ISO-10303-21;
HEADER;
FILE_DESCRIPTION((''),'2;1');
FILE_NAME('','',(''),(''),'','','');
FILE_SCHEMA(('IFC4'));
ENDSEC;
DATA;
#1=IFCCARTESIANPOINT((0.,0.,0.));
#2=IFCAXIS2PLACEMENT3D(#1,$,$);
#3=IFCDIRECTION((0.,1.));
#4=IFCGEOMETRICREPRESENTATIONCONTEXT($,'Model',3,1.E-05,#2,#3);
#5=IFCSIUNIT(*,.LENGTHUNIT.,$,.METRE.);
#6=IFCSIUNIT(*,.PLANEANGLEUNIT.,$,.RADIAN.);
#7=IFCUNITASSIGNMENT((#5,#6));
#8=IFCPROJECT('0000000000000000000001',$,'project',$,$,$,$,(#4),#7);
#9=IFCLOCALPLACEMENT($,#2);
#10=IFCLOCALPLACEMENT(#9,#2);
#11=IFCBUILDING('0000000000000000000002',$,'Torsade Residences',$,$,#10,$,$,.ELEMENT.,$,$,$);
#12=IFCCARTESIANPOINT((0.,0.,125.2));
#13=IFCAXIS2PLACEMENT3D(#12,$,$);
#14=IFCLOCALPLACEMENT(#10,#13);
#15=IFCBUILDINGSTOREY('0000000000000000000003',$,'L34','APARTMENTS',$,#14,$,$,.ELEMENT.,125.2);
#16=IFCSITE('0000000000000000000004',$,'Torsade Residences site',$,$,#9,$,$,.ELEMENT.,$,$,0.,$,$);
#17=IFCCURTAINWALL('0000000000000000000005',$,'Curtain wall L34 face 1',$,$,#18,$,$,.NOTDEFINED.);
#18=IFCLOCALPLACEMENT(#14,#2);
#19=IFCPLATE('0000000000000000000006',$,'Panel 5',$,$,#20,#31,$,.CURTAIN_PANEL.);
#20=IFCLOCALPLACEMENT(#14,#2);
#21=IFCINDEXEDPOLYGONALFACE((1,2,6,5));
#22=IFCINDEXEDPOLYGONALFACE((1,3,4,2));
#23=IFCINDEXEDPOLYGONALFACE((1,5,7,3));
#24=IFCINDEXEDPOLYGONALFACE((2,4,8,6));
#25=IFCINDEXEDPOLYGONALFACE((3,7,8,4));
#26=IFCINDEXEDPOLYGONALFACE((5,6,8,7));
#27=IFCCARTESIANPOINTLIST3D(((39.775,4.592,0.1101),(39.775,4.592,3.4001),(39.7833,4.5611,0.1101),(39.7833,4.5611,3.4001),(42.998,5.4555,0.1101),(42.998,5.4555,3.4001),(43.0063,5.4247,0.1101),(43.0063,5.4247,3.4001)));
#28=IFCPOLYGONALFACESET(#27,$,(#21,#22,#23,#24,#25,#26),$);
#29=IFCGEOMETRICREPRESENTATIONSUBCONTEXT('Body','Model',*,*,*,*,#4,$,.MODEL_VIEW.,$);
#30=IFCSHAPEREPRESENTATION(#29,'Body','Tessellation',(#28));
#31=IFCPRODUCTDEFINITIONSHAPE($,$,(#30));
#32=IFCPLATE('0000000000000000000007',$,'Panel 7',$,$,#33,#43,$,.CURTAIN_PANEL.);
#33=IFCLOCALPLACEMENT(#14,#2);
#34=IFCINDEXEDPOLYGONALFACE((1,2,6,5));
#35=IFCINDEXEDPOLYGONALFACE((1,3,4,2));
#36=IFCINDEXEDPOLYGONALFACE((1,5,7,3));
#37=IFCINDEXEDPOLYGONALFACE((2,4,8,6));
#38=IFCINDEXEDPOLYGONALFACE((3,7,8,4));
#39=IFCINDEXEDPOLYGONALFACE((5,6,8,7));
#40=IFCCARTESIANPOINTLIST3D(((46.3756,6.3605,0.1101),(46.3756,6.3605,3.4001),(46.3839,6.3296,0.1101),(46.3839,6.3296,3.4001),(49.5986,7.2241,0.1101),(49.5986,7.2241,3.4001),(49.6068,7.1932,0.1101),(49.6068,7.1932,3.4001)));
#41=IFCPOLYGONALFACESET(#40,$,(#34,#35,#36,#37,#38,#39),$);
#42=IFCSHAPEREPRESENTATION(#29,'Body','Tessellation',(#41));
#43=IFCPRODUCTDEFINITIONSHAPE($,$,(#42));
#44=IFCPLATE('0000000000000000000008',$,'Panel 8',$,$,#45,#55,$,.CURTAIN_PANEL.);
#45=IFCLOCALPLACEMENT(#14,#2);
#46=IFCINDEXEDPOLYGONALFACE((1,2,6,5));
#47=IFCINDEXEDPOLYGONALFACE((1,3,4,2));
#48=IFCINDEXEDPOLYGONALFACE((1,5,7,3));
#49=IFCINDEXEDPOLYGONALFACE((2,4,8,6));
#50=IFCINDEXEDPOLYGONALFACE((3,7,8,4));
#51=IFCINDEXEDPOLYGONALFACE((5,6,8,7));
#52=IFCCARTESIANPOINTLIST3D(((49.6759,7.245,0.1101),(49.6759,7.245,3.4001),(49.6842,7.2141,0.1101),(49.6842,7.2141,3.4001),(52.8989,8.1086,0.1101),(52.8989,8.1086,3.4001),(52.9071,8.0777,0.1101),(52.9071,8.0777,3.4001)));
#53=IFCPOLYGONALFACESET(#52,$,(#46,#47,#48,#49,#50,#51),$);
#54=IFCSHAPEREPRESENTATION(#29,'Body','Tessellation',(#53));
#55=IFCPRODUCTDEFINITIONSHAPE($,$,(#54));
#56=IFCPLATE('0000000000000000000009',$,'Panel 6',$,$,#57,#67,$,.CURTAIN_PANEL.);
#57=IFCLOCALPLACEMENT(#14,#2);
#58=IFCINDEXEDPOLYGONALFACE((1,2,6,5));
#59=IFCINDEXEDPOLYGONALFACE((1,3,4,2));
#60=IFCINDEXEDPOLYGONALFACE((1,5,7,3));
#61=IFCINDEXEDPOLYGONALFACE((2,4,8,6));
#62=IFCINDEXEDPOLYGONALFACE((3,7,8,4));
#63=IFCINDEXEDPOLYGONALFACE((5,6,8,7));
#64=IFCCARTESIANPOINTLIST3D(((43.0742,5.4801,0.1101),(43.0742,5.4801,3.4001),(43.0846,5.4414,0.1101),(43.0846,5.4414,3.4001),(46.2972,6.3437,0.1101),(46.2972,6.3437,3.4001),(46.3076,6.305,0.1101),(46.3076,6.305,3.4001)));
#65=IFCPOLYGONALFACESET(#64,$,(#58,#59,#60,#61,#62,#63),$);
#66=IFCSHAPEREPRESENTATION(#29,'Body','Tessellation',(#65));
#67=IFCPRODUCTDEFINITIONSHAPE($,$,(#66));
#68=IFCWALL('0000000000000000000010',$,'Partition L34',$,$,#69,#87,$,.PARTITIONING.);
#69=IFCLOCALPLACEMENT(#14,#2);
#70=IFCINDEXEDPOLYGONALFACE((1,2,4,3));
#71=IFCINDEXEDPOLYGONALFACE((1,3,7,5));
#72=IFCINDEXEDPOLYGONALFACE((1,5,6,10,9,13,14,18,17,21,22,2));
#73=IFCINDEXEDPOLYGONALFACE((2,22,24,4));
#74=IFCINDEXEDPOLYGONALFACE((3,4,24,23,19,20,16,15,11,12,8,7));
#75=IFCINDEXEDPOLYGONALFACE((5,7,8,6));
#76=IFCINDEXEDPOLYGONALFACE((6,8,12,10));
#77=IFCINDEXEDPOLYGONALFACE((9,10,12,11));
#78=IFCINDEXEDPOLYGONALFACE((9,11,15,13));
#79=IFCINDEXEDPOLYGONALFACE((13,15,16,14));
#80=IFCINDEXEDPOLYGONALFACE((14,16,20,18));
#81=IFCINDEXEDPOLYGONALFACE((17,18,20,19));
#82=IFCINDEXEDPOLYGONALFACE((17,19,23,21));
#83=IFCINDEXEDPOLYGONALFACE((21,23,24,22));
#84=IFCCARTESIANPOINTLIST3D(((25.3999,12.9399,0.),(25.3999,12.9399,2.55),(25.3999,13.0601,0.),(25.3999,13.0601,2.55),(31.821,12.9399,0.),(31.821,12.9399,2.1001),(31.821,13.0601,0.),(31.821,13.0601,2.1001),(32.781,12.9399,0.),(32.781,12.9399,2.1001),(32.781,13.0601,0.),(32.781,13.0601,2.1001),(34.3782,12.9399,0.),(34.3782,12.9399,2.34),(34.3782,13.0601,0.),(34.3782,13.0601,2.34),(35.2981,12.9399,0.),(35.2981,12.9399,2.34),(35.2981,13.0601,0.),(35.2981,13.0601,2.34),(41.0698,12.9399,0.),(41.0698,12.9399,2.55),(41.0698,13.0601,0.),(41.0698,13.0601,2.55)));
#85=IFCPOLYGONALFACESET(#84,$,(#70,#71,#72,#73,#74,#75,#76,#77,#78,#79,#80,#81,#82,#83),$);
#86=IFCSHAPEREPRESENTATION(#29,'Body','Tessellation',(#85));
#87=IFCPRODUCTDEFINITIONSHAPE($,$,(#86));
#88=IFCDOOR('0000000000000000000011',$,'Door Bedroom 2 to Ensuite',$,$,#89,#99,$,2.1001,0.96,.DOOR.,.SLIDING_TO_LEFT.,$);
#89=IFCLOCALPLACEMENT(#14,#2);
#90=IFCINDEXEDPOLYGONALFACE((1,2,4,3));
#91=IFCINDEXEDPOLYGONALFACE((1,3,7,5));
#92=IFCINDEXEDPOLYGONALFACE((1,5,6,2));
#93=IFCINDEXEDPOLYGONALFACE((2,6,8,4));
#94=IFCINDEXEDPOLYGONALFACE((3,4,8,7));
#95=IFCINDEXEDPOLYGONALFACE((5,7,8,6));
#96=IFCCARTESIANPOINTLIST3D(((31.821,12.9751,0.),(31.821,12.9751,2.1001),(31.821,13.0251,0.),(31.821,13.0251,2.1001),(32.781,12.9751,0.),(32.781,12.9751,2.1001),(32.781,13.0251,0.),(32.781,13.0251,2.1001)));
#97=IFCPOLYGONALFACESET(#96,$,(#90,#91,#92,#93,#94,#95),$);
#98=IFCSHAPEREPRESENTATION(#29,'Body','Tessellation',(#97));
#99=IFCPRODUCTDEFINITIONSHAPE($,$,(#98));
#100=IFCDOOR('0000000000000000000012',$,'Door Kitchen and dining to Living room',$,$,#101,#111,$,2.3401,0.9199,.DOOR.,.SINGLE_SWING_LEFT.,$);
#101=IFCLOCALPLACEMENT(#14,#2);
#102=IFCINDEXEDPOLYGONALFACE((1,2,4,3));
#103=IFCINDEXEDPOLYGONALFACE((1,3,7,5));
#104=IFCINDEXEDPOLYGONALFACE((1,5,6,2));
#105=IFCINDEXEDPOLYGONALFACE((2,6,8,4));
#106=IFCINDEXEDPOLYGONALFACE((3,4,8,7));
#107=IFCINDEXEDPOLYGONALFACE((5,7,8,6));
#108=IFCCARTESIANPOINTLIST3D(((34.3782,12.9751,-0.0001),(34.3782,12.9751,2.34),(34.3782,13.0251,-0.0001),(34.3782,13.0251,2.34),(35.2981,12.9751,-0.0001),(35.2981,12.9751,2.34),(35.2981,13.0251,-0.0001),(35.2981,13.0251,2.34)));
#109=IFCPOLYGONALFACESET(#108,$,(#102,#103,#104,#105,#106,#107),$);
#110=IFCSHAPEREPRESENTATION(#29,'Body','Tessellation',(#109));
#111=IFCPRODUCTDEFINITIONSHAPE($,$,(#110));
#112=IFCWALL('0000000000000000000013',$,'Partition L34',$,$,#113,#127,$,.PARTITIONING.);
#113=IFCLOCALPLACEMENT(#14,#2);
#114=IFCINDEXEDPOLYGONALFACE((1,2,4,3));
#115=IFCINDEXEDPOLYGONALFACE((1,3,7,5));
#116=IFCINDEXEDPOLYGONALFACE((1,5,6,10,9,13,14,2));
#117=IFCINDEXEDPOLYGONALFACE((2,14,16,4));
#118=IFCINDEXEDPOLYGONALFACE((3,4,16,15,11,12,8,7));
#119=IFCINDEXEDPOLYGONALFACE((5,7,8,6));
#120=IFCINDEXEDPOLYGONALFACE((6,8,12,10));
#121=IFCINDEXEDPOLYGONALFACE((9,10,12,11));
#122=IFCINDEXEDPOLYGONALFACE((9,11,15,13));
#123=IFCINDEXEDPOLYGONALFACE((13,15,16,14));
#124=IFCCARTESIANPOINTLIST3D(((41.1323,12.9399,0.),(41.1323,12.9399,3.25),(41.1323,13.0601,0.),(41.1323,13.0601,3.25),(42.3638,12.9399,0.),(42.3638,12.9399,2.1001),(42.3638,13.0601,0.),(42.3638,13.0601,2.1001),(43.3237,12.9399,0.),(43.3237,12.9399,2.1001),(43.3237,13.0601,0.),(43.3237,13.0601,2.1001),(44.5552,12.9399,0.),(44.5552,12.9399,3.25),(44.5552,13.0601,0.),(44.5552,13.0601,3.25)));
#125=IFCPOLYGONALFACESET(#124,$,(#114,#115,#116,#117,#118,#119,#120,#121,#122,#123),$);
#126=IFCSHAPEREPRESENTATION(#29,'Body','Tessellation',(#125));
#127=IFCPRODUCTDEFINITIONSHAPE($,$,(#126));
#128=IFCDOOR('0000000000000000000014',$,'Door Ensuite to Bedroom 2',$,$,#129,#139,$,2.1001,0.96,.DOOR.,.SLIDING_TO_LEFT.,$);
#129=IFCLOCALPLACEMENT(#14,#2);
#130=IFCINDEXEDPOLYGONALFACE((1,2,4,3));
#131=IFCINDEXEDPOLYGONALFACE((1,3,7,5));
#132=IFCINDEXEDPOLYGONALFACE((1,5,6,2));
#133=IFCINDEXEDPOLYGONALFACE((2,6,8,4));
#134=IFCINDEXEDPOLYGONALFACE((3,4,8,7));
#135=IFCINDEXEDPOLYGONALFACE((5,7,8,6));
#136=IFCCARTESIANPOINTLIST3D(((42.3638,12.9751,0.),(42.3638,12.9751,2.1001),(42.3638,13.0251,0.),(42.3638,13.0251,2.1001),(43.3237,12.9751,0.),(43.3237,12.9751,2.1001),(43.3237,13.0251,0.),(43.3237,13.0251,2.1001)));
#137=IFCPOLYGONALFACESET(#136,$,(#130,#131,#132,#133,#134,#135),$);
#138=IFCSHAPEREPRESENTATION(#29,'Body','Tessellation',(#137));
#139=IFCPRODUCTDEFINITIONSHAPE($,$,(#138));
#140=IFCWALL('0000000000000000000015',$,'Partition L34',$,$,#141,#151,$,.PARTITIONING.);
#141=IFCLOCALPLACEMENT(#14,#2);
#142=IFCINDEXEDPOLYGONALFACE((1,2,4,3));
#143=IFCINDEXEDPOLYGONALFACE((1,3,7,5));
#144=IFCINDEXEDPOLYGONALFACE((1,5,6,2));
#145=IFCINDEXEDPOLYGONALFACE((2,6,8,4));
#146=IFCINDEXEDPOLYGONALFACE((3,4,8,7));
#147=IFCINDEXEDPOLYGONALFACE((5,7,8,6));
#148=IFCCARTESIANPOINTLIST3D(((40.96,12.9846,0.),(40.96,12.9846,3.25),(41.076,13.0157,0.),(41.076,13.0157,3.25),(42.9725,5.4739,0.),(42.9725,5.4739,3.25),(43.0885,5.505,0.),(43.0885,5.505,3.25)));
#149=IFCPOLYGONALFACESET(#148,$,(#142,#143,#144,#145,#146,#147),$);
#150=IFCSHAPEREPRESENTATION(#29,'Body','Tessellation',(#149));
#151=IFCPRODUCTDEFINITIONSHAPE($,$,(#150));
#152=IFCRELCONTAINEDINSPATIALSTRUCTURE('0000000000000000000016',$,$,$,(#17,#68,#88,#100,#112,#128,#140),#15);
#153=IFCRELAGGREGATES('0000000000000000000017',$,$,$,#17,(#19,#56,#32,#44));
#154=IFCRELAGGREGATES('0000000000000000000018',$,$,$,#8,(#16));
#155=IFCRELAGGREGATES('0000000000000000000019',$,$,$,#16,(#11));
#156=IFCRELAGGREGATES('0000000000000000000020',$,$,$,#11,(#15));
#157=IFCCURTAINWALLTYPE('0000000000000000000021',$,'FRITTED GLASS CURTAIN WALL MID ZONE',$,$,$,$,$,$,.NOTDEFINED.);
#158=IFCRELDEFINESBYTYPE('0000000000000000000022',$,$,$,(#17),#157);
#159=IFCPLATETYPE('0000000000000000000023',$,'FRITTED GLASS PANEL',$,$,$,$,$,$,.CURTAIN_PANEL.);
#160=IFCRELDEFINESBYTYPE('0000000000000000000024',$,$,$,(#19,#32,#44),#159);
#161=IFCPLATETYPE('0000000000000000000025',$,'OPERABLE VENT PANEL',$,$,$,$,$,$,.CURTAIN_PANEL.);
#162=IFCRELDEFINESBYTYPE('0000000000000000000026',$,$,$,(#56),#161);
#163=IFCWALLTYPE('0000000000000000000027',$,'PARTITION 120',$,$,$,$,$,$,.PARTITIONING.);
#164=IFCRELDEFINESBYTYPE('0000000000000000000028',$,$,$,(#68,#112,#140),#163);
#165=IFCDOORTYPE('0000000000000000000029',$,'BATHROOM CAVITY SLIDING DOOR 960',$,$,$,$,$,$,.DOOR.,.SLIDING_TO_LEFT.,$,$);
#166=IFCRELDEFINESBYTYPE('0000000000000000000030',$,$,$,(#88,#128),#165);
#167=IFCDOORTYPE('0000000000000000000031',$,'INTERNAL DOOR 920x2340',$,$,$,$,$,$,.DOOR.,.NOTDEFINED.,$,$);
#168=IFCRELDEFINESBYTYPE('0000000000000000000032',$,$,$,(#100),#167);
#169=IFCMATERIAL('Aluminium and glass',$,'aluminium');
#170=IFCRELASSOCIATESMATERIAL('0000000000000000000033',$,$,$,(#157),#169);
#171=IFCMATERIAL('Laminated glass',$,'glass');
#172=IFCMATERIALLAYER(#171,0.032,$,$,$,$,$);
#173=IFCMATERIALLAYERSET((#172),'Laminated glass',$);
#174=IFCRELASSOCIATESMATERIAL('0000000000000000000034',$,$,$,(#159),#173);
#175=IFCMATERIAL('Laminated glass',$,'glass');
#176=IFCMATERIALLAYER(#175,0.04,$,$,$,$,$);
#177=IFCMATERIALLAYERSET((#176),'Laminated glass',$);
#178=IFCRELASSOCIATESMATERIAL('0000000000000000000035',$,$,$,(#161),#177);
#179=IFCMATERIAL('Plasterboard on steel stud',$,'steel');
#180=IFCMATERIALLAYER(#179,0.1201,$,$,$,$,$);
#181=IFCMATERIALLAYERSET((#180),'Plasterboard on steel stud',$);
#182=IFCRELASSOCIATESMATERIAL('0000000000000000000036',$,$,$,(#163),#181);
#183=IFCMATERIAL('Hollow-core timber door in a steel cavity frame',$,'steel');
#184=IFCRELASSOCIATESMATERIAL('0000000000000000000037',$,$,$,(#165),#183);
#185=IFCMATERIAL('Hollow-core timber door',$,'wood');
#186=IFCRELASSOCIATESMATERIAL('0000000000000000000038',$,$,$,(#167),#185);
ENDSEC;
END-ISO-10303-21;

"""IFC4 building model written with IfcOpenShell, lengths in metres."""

from ifc_helpers import new_model, si_unit, direction, frame, frame_2d, origin, origin_2d, place, context, subcontext, project, spatial, rectangle, extrude, material, layer, layer_set, type_object, element, fill, aggregate, save


model = new_model("IFC4")

# Units and contexts
model_context = context("Model", 3, precision=1e-05, world=origin(), true_north=direction((0.0, 1.0)))
body_context = subcontext(model_context, "Body", "Model", "MODEL_VIEW")
ifc_project = project(units=[si_unit("LENGTHUNIT", "METRE"), si_unit("PLANEANGLEUNIT", "RADIAN")], contexts=[model_context])

# Site, building, storey
site_placement = place(None, origin())
site = spatial("IfcSite", under=ifc_project, at=site_placement, Name="Torsade Residences site", CompositionType="ELEMENT", RefElevation=0.0)
building_placement = place(site_placement, origin())
building = spatial("IfcBuilding", under=site, at=building_placement, Name="Torsade Residences", CompositionType="ELEMENT")
storey_placement = place(building_placement, frame((0.0, 0.0, 125.2)))
storey = spatial("IfcBuildingStorey", under=building, at=storey_placement, Name="L34", Description="APARTMENTS", CompositionType="ELEMENT", Elevation=125.2)

# Curtain wall
ifc_material_1 = material(Name="Aluminium and glass", Category="aluminium")
curtain_wall_type = type_object("IfcCurtainWallType", Name="FRITTED GLASS CURTAIN WALL MID ZONE", PredefinedType="NOTDEFINED", material=ifc_material_1)
curtain_wall_placement = place(storey_placement, origin())
curtain_wall = element("IfcCurtainWall", 1, at=curtain_wall_placement, inside=storey, type_object=curtain_wall_type, Name="Curtain wall L34 face 1", PredefinedType="NOTDEFINED")

# Plates
ifc_material_2 = material(Name="Laminated glass", Category="glass")
ifc_layer_1 = layer(ifc_material_2, 0.032)
ifc_layer_set_1 = layer_set([ifc_layer_1], Name="Laminated glass")
plate_type_1 = type_object("IfcPlateType", Name="FRITTED GLASS PANEL", PredefinedType="CURTAIN_PANEL", material=ifc_layer_set_1)
plate_1_placement = place(storey_placement, frame((41.3906, 5.0083, 0.1101), z_axis=(0.0, 0.0, 1.0), x_axis=(0.965926, 0.258819, 0.0)))
plate_1 = element("IfcPlate", 2, at=plate_1_placement, type_object=plate_type_1, Name="Panel 5", PredefinedType="CURTAIN_PANEL", context=body_context, shape_type="SweptSolid", body=[
    extrude(rectangle(XDim=3.3367, YDim=0.032, at=origin_2d()), origin(), (0.0, 0.0, 1.0), 3.29),
])
plate_2_placement = place(storey_placement, frame((47.9912, 6.7769, 0.1101), z_axis=(0.0, 0.0, 1.0), x_axis=(0.965926, 0.258819, 0.0)))
plate_2 = element("IfcPlate", 3, at=plate_2_placement, type_object=plate_type_1, Name="Panel 7", PredefinedType="CURTAIN_PANEL", context=body_context, shape_type="SweptSolid", body=[
    extrude(rectangle(XDim=3.3367, YDim=0.032, at=origin_2d()), origin(), (0.0, 0.0, 1.0), 3.29),
])
plate_3_placement = place(storey_placement, frame((51.2915, 7.6614, 0.1101), z_axis=(0.0, 0.0, 1.0), x_axis=(0.965926, 0.258819, 0.0)))
plate_3 = element("IfcPlate", 4, at=plate_3_placement, type_object=plate_type_1, Name="Panel 8", PredefinedType="CURTAIN_PANEL", context=body_context, shape_type="SweptSolid", body=[
    extrude(rectangle(XDim=3.3367, YDim=0.032, at=origin_2d()), origin(), (0.0, 0.0, 1.0), 3.29),
])
ifc_material_3 = material(Name="Laminated glass", Category="glass")
ifc_layer_2 = layer(ifc_material_3, 0.04)
ifc_layer_set_2 = layer_set([ifc_layer_2], Name="Laminated glass")
plate_type_2 = type_object("IfcPlateType", Name="OPERABLE VENT PANEL", PredefinedType="CURTAIN_PANEL", material=ifc_layer_set_2)
plate_4_placement = place(storey_placement, frame((44.6909, 5.8926, 0.1101), z_axis=(0.0, 0.0, 1.0), x_axis=(0.965926, 0.258819, 0.0)))
plate_4 = element("IfcPlate", 5, at=plate_4_placement, type_object=plate_type_2, Name="Panel 6", PredefinedType="CURTAIN_PANEL", context=body_context, shape_type="SweptSolid", body=[
    extrude(rectangle(XDim=3.3367, YDim=0.04, at=origin_2d()), origin(), (0.0, 0.0, 1.0), 3.29),
])
aggregate(curtain_wall, [plate_1, plate_4, plate_2, plate_3])

# Wall, openings, doors
ifc_material_4 = material(Name="Plasterboard on steel stud", Category="steel")
ifc_layer_3 = layer(ifc_material_4, 0.1201)
ifc_layer_set_3 = layer_set([ifc_layer_3], Name="Plasterboard on steel stud")
wall_type_1 = type_object("IfcWallType", Name="PARTITION 120", PredefinedType="PARTITIONING", material=ifc_layer_set_3)
wall_1_placement = place(storey_placement, frame((41.0698, 13.0, 0.0), z_axis=(0.0, 0.0, 1.0), x_axis=(-1.0, 0.0, 0.0)))
wall_1 = element("IfcWall", 6, at=wall_1_placement, inside=storey, type_object=wall_type_1, Name="Partition L34", PredefinedType="PARTITIONING", context=body_context, shape_type="SweptSolid", body=[
    extrude(rectangle(XDim=15.6699, YDim=0.1201, at=frame_2d((7.835, 0.0))), origin(), (0.0, 0.0, 1.0), 2.55),
])
opening_1_placement = place(wall_1_placement, frame((5.7717, 0.0, 0.0)))
opening_1 = element("IfcOpeningElement", 7, at=opening_1_placement, cuts=wall_1, PredefinedType="OPENING", context=body_context, shape_type="SweptSolid", body=[
    extrude(rectangle(XDim=0.9199, YDim=2.3401, at=frame_2d((0.46, 1.1699))), frame((0.0, 0.0701, 0.0), z_axis=(0.0, -1.0, 0.0), x_axis=(1.0, 0.0, 0.0)), (0.0, 0.0, 1.0), 0.1401),
])
opening_2_placement = place(wall_1_placement, frame((8.2888, 0.0, 0.0)))
opening_2 = element("IfcOpeningElement", 8, at=opening_2_placement, cuts=wall_1, PredefinedType="OPENING", context=body_context, shape_type="SweptSolid", body=[
    extrude(rectangle(XDim=0.96, YDim=2.1001, at=frame_2d((0.48, 1.05))), frame((0.0, 0.0701, 0.0), z_axis=(0.0, -1.0, 0.0), x_axis=(1.0, 0.0, 0.0)), (0.0, 0.0, 1.0), 0.1401),
])
ifc_material_5 = material(Name="Hollow-core timber door in a steel cavity frame", Category="steel")
door_type_1 = type_object("IfcDoorType", Name="BATHROOM CAVITY SLIDING DOOR 960", OperationType="SLIDING_TO_LEFT", PredefinedType="DOOR", material=ifc_material_5)
door_1_placement = place(opening_2_placement, origin())
door_1 = element("IfcDoor", 9, at=door_1_placement, inside=storey, type_object=door_type_1, Name="Door Bedroom 2 to Ensuite", OperationType="SLIDING_TO_LEFT", OverallHeight=2.1001, OverallWidth=0.96, PredefinedType="DOOR", context=body_context, shape_type="SweptSolid", body=[
    extrude(rectangle(XDim=0.96, YDim=2.1001, at=frame_2d((0.48, 1.05))), frame((0.0, 0.0249, 0.0), z_axis=(0.0, -1.0, 0.0), x_axis=(1.0, 0.0, 0.0)), (0.0, 0.0, 1.0), 0.05),
])
fill(opening_2, door_1)
ifc_material_6 = material(Name="Hollow-core timber door", Category="wood")
door_type_2 = type_object("IfcDoorType", Name="INTERNAL DOOR 920x2340", OperationType="NOTDEFINED", PredefinedType="DOOR", material=ifc_material_6)
door_2_placement = place(opening_1_placement, origin())
door_2 = element("IfcDoor", 10, at=door_2_placement, inside=storey, type_object=door_type_2, Name="Door Kitchen and dining to Living room", OperationType="SINGLE_SWING_LEFT", OverallHeight=2.3401, OverallWidth=0.9199, PredefinedType="DOOR", context=body_context, shape_type="SweptSolid", body=[
    extrude(rectangle(XDim=0.9199, YDim=2.3401, at=frame_2d((0.46, 1.1699))), frame((0.0, 0.0249, 0.0), z_axis=(0.0, -1.0, 0.0), x_axis=(1.0, 0.0, 0.0)), (0.0, 0.0, 1.0), 0.05),
])
fill(opening_1, door_2)

# Wall, opening, door
wall_2_placement = place(storey_placement, frame((44.5552, 13.0, 0.0), z_axis=(0.0, 0.0, 1.0), x_axis=(-1.0, 0.0, 0.0)))
wall_2 = element("IfcWall", 11, at=wall_2_placement, inside=storey, type_object=wall_type_1, Name="Partition L34", PredefinedType="PARTITIONING", context=body_context, shape_type="SweptSolid", body=[
    extrude(rectangle(XDim=3.4229, YDim=0.1201, at=frame_2d((1.7114, 0.0))), origin(), (0.0, 0.0, 1.0), 3.25),
])
opening_3_placement = place(wall_2_placement, frame((1.2314, 0.0, 0.0)))
opening_3 = element("IfcOpeningElement", 12, at=opening_3_placement, cuts=wall_2, PredefinedType="OPENING", context=body_context, shape_type="SweptSolid", body=[
    extrude(rectangle(XDim=0.96, YDim=2.1001, at=frame_2d((0.48, 1.05))), frame((0.0, 0.0701, 0.0), z_axis=(0.0, -1.0, 0.0), x_axis=(1.0, 0.0, 0.0)), (0.0, 0.0, 1.0), 0.1401),
])
door_3_placement = place(opening_3_placement, origin())
door_3 = element("IfcDoor", 13, at=door_3_placement, inside=storey, type_object=door_type_1, Name="Door Ensuite to Bedroom 2", OperationType="SLIDING_TO_LEFT", OverallHeight=2.1001, OverallWidth=0.96, PredefinedType="DOOR", context=body_context, shape_type="SweptSolid", body=[
    extrude(rectangle(XDim=0.96, YDim=2.1001, at=frame_2d((0.48, 1.05))), frame((0.0, 0.0249, 0.0), z_axis=(0.0, -1.0, 0.0), x_axis=(1.0, 0.0, 0.0)), (0.0, 0.0, 1.0), 0.05),
])
fill(opening_3, door_3)

# Wall
wall_3_placement = place(storey_placement, frame((41.0181, 13.0, 0.0), z_axis=(0.0, 0.0, 1.0), x_axis=(0.258814, -0.965927, 0.0)))
element("IfcWall", 14, at=wall_3_placement, inside=storey, type_object=wall_type_1, Name="Partition L34", PredefinedType="PARTITIONING", context=body_context, shape_type="SweptSolid", body=[
    extrude(rectangle(XDim=7.7756, YDim=0.1201, at=frame_2d((3.8877, 0.0))), origin(), (0.0, 0.0, 1.0), 3.25),
])

save(model, "model.ifc")
